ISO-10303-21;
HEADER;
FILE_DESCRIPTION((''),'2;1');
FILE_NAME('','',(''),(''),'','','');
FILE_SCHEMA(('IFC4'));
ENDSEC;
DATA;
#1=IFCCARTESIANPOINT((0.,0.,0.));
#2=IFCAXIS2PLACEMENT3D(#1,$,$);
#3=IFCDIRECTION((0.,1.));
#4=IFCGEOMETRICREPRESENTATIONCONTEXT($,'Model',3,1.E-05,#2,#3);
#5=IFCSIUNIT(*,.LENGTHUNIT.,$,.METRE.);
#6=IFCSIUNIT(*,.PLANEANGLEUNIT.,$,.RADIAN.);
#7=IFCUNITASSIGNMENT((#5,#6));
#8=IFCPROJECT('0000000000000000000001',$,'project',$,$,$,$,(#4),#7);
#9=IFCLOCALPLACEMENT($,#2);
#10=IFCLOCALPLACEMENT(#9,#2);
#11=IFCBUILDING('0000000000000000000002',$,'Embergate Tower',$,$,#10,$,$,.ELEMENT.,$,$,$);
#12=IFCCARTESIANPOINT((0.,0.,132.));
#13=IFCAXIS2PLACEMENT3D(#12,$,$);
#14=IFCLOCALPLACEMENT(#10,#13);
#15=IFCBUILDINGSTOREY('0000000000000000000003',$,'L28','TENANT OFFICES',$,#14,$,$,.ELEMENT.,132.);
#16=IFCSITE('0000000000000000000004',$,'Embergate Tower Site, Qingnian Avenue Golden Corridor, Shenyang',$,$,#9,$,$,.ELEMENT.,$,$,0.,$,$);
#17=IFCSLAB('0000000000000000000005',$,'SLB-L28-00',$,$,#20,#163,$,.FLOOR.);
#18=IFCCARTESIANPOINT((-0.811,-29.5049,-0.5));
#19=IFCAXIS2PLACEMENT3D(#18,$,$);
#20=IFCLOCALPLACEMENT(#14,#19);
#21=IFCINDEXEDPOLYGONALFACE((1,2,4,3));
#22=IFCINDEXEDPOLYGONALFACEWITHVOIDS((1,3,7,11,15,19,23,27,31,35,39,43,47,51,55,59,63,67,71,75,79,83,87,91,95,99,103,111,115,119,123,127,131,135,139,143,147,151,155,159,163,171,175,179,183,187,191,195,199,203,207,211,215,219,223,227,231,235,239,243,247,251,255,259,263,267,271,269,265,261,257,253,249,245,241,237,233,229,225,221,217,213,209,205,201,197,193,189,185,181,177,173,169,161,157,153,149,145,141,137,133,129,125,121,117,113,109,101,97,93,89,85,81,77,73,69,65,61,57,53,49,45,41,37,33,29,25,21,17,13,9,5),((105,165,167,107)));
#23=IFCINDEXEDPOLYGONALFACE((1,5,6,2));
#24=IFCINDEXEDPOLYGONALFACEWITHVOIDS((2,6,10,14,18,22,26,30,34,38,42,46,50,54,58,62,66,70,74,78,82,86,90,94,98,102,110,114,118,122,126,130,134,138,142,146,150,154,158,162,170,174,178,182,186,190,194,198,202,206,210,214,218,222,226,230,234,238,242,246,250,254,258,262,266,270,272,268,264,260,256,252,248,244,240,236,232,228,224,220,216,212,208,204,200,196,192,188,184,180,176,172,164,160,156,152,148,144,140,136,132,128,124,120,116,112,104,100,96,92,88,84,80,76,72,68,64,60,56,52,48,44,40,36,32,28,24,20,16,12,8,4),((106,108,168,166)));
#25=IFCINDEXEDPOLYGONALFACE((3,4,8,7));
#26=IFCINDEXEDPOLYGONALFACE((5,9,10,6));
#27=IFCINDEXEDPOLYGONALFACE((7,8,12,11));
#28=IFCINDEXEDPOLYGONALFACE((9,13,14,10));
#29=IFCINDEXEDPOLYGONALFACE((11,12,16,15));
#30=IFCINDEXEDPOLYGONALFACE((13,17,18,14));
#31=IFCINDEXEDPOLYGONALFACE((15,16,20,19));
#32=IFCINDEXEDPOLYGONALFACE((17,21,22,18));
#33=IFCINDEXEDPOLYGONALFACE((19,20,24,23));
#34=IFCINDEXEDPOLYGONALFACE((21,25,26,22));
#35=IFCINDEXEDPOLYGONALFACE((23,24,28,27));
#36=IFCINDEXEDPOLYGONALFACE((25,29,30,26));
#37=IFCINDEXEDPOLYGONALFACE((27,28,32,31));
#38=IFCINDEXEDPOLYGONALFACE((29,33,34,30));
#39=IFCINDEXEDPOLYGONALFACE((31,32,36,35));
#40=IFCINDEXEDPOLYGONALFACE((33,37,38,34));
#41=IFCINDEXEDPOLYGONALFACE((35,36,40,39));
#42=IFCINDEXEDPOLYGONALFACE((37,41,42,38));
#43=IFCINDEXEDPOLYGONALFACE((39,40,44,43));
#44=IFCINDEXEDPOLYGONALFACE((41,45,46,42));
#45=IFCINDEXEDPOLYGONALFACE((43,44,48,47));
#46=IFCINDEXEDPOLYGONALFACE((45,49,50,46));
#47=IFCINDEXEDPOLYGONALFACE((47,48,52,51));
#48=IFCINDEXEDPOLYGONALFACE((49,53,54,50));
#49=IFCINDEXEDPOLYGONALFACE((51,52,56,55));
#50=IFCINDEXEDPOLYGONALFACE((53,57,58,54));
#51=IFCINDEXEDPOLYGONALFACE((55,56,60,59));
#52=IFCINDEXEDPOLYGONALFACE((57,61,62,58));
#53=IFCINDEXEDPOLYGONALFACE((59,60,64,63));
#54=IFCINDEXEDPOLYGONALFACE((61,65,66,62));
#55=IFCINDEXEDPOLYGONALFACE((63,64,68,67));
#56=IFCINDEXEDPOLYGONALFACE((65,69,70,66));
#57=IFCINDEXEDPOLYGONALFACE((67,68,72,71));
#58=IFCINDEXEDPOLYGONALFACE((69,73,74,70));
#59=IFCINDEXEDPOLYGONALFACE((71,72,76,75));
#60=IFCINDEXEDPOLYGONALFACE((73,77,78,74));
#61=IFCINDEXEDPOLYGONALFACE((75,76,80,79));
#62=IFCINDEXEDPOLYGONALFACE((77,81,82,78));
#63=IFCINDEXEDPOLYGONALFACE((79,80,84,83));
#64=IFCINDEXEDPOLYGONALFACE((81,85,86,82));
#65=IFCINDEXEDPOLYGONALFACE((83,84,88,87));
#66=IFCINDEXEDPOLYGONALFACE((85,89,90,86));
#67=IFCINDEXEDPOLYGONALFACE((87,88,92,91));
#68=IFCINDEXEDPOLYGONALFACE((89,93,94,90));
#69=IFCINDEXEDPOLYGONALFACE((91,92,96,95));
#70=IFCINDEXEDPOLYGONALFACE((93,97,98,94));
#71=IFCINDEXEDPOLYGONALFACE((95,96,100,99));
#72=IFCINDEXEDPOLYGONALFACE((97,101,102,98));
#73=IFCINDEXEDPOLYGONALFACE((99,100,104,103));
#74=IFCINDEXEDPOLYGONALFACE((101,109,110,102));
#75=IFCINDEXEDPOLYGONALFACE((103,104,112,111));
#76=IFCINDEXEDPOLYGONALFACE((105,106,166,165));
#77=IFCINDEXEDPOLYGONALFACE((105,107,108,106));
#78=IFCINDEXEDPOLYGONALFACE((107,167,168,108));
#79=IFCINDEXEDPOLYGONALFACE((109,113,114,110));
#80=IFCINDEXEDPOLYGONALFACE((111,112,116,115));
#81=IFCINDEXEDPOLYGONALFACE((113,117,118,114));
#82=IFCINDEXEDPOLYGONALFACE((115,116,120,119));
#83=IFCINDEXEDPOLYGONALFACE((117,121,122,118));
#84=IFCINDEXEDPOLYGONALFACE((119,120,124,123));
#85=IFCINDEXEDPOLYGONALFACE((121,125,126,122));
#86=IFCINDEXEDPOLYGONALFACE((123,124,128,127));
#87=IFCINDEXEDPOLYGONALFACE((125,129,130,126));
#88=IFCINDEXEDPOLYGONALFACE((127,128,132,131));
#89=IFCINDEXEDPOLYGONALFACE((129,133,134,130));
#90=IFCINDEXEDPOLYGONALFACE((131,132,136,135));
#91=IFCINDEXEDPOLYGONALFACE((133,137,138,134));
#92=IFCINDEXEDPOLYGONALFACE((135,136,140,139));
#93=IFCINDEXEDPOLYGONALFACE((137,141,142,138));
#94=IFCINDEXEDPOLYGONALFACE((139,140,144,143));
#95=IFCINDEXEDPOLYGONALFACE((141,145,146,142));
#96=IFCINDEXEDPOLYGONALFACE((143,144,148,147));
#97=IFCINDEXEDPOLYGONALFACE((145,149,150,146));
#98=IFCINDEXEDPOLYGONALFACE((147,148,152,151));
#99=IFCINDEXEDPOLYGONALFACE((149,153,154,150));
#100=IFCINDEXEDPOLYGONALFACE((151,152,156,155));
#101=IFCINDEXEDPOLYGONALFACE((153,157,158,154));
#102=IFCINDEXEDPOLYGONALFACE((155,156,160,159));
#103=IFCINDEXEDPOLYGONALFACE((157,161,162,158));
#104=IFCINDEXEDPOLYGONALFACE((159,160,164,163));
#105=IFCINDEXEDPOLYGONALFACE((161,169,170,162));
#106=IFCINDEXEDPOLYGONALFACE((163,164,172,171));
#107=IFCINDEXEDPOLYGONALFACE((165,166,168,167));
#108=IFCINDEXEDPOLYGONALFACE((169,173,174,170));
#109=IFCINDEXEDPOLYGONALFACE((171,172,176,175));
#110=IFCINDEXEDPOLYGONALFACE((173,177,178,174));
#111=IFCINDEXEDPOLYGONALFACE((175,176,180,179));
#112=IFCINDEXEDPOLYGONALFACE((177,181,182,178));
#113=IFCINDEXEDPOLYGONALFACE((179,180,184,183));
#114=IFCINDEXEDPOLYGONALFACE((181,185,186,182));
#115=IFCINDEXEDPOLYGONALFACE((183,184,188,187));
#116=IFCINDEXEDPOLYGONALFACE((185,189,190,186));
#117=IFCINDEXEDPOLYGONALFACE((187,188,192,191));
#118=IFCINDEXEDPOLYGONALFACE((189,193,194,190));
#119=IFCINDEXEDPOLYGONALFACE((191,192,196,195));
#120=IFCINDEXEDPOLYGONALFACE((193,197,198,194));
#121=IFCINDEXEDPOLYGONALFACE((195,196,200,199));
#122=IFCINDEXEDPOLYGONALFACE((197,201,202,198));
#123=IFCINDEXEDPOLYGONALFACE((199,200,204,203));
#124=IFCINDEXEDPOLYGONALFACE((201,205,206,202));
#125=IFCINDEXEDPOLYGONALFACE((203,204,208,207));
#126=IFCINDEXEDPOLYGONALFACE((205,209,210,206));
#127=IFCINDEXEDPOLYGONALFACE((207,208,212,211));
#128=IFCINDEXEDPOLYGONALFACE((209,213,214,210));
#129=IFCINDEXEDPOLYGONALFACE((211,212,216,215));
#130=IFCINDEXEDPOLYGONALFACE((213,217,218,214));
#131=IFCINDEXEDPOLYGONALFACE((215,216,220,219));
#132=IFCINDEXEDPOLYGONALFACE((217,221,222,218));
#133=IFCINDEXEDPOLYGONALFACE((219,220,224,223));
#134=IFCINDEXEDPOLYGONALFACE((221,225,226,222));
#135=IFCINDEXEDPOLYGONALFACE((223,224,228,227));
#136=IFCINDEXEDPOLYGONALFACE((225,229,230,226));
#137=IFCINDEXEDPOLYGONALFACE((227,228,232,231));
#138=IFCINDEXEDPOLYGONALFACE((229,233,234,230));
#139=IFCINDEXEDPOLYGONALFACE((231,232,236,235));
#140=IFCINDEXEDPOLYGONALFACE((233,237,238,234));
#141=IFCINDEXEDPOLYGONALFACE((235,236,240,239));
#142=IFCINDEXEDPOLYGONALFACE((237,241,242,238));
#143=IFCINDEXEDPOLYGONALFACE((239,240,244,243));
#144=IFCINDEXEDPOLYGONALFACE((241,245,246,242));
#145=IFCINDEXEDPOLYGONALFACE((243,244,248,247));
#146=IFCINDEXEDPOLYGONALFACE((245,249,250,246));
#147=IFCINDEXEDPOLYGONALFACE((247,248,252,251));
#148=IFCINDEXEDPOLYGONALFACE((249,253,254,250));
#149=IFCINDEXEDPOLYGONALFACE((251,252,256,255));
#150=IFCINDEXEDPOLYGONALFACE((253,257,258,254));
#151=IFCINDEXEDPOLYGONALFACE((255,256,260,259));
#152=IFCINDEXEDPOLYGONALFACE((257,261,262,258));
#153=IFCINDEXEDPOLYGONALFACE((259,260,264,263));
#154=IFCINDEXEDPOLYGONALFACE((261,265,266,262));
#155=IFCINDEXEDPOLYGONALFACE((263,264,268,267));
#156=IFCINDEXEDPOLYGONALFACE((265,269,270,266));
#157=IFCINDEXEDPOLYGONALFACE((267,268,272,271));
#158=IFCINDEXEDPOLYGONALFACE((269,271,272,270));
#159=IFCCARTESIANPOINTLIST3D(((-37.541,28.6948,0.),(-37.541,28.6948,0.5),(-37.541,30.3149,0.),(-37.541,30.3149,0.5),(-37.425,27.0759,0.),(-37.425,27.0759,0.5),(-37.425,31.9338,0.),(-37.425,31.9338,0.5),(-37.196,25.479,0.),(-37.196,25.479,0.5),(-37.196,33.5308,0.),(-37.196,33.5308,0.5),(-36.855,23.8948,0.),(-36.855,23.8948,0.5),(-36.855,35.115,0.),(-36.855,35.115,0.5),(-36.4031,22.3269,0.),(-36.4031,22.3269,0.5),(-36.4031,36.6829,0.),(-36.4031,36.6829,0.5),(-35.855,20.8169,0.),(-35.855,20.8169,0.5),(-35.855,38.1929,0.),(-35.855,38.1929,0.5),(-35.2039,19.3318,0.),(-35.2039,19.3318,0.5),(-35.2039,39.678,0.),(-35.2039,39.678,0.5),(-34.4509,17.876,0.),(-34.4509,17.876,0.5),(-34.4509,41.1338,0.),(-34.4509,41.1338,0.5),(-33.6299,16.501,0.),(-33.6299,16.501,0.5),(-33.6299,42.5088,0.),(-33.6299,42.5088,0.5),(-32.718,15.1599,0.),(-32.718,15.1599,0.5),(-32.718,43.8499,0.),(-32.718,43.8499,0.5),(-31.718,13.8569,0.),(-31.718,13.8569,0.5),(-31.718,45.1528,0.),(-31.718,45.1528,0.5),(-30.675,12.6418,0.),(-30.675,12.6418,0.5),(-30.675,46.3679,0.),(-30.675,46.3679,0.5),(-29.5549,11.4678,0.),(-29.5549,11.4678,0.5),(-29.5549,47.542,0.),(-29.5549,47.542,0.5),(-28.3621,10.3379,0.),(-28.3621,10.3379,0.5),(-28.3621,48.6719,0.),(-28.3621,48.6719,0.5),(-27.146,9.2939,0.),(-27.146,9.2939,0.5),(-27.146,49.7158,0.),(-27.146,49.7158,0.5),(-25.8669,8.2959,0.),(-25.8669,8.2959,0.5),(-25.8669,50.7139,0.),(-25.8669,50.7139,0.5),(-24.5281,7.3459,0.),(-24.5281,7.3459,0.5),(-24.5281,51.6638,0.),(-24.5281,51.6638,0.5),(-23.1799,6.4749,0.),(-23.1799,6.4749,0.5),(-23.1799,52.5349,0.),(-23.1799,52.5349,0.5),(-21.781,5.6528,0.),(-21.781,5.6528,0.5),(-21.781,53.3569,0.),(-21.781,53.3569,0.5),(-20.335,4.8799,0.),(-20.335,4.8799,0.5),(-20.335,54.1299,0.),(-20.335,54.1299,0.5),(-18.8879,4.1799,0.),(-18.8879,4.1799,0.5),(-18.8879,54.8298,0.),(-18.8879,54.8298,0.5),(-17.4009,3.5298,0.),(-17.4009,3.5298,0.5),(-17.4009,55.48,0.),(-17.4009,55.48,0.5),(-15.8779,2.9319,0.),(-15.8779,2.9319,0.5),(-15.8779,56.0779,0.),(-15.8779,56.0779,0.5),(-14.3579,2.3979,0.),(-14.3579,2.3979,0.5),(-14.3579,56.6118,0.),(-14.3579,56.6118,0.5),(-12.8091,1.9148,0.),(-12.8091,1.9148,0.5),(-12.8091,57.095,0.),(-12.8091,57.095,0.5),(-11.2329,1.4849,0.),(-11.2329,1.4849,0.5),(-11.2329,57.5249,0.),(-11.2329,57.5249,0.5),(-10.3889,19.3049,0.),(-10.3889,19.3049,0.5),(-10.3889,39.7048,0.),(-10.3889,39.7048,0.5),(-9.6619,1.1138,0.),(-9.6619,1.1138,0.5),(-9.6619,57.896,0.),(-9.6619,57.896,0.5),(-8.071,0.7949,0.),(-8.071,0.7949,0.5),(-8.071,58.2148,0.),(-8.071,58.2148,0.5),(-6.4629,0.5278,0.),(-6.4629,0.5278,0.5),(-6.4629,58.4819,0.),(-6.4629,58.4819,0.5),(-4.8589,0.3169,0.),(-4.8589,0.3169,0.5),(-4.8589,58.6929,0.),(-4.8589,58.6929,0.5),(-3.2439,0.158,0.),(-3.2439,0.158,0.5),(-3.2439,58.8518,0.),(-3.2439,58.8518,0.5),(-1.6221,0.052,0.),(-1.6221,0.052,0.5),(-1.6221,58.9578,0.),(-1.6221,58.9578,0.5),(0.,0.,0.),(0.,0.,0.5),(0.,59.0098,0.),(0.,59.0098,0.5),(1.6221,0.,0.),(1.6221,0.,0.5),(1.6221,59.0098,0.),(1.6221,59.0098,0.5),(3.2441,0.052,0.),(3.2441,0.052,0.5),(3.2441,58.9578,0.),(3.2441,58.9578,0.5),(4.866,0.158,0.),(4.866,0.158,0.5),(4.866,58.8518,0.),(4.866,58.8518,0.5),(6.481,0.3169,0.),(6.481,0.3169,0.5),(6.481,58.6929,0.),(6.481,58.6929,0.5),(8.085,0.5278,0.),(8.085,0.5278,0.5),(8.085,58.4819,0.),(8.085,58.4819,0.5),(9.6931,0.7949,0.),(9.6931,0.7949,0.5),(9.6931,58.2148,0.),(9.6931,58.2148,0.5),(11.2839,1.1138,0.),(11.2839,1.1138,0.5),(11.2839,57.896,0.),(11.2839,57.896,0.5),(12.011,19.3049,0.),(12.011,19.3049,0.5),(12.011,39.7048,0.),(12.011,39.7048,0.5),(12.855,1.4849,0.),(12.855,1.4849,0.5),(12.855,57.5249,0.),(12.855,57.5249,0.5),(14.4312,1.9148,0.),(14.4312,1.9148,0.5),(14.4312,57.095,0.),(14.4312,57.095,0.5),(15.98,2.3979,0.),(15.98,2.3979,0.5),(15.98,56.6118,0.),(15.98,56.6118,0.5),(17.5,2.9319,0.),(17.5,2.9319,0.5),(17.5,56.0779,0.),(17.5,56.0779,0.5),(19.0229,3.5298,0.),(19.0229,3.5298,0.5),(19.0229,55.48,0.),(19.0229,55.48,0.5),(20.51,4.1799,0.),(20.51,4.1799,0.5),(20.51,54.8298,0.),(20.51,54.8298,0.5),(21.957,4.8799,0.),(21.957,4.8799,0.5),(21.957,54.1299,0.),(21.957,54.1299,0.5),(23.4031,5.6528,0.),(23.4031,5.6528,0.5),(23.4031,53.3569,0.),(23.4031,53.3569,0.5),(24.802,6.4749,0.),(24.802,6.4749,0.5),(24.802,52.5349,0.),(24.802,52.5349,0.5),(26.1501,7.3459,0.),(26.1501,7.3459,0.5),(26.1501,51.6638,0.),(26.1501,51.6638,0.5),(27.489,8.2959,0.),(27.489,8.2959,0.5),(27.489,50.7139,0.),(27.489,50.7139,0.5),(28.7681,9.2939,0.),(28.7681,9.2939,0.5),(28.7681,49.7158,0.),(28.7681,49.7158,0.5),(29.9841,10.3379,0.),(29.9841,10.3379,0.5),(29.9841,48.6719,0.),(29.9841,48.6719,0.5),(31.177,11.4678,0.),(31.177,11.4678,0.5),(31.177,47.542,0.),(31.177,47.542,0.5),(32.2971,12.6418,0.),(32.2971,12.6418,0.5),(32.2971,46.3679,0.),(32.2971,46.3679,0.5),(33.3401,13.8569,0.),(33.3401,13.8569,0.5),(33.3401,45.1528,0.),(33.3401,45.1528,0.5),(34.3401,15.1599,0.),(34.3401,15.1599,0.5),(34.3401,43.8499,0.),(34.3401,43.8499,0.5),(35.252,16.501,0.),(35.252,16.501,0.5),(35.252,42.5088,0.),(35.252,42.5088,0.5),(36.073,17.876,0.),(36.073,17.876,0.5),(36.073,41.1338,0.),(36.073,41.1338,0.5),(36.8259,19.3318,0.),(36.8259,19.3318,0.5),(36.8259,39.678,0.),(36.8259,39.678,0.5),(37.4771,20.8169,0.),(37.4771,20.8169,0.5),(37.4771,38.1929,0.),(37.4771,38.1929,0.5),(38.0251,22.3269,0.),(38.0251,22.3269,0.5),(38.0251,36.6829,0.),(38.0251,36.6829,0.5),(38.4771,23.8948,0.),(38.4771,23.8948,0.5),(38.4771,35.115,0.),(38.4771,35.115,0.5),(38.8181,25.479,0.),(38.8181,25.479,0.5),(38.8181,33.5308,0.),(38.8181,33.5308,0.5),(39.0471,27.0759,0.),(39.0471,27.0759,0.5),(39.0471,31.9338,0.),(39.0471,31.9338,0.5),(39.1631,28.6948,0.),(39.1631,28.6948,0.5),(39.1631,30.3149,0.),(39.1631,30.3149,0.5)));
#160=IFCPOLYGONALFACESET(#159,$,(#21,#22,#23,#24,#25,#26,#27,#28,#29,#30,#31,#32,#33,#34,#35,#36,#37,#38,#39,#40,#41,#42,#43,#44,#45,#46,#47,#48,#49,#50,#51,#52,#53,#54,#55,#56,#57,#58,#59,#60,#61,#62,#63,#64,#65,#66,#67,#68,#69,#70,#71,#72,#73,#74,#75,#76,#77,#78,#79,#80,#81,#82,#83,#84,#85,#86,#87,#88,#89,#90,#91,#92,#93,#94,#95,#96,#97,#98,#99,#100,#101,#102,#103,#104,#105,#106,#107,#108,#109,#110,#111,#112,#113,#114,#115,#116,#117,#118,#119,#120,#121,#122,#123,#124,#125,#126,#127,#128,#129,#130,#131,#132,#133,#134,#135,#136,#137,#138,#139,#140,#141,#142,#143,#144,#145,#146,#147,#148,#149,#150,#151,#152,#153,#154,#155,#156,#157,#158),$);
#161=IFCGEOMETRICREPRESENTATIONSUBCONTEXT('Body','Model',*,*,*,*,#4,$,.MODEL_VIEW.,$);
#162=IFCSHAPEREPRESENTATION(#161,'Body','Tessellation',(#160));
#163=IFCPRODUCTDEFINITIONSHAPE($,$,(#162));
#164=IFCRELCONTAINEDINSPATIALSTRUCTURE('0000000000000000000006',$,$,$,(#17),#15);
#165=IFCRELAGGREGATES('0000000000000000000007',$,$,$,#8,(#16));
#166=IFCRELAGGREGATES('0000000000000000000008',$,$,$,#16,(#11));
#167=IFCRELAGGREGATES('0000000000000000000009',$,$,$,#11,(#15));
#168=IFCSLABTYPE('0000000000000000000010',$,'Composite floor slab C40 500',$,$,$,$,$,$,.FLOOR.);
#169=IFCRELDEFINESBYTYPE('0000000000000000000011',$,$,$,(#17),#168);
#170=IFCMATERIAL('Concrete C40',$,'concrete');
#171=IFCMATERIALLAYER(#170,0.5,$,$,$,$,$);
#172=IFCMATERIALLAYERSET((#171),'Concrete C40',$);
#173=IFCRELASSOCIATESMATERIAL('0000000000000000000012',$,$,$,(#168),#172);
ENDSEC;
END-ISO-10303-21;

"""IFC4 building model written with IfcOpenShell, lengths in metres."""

from ifc_helpers import new_model, si_unit, direction, frame, origin, place, context, subcontext, project, spatial, polyline, outline, extrude, source, transform, mapped, material, layer, layer_set, type_object, element, save


model = new_model("IFC4")

# Units and contexts
model_context = context("Model", 3, precision=1e-05, world=origin(), true_north=direction((0.0, 1.0)))
body_context = subcontext(model_context, "Body", "Model", "MODEL_VIEW")
ifc_project = project(units=[si_unit("LENGTHUNIT", "METRE"), si_unit("PLANEANGLEUNIT", "RADIAN")], contexts=[model_context])

# Site, building, storey
site_placement = place(None, origin())
site = spatial("IfcSite", under=ifc_project, at=site_placement, Name="Embergate Tower Site, Qingnian Avenue Golden Corridor, Shenyang", CompositionType="ELEMENT", RefElevation=0.0)
building_placement = place(site_placement, origin())
building = spatial("IfcBuilding", under=site, at=building_placement, Name="Embergate Tower", CompositionType="ELEMENT")
storey_placement = place(building_placement, frame((0.0, 0.0, 132.0)))
storey = spatial("IfcBuildingStorey", under=building, at=storey_placement, Name="L28", Description="TENANT OFFICES", CompositionType="ELEMENT", Elevation=132.0)

# Slab
ifc_material_1 = material(Name="Concrete C40", Category="concrete")
ifc_layer_1 = layer(ifc_material_1, 0.5)
ifc_layer_set_1 = layer_set([ifc_layer_1], Name="Concrete C40")
slab_type = type_object("IfcSlabType", Name="Composite floor slab C40 500", PredefinedType="FLOOR", material=ifc_layer_set_1)
shared_shape_1 = source(origin(), body_context, "Body", "SweptSolid", [
    extrude(outline(polyline([(0.0, 0.0), (1.6221, 0.0), (3.2441, 0.052), (4.866, 0.158), (6.481, 0.3169), (8.085, 0.5278), (9.6931, 0.7949), (11.2839, 1.1138), (12.855, 1.4849), (14.4312, 1.9148), (15.98, 2.3979), (17.5, 2.9319), (19.0229, 3.5298), (20.51, 4.1799), (21.957, 4.8799), (23.4031, 5.6528), (24.802, 6.4749), (26.1501, 7.3459), (27.489, 8.2959), (28.7681, 9.2939), (29.9841, 10.3379), (31.177, 11.4678), (32.2971, 12.6418), (33.3401, 13.8569), (34.3401, 15.1599), (35.252, 16.501), (36.073, 17.876), (36.8259, 19.3318), (37.4771, 20.8169), (38.0251, 22.3269), (38.4771, 23.8948), (38.8181, 25.479), (39.0471, 27.0759), (39.1631, 28.6948), (39.1631, 30.3149), (39.0471, 31.9338), (38.8181, 33.5308), (38.4771, 35.115), (38.0251, 36.6829), (37.4771, 38.1929), (36.8259, 39.678), (36.073, 41.1338), (35.252, 42.5088), (34.3401, 43.8499), (33.3401, 45.1528), (32.2971, 46.3679), (31.177, 47.542), (29.9841, 48.6719), (28.7681, 49.7158), (27.489, 50.7139), (26.1501, 51.6638), (24.802, 52.5349), (23.4031, 53.3569), (21.957, 54.1299), (20.51, 54.8298), (19.0229, 55.48), (17.5, 56.0779), (15.98, 56.6118), (14.4312, 57.095), (12.855, 57.5249), (11.2839, 57.896), (9.6931, 58.2148), (8.085, 58.4819), (6.481, 58.6929), (4.866, 58.8518), (3.2441, 58.9578), (1.6221, 59.0098), (0.0, 59.0098), (-1.6221, 58.9578), (-3.2439, 58.8518), (-4.8589, 58.6929), (-6.4629, 58.4819), (-8.071, 58.2148), (-9.6619, 57.896), (-11.2329, 57.5249), (-12.8091, 57.095), (-14.3579, 56.6118), (-15.8779, 56.0779), (-17.4009, 55.48), (-18.8879, 54.8298), (-20.335, 54.1299), (-21.781, 53.3569), (-23.1799, 52.5349), (-24.5281, 51.6638), (-25.8669, 50.7139), (-27.146, 49.7158), (-28.3621, 48.6719), (-29.5549, 47.542), (-30.675, 46.3679), (-31.718, 45.1528), (-32.718, 43.8499), (-33.6299, 42.5088), (-34.4509, 41.1338), (-35.2039, 39.678), (-35.855, 38.1929), (-36.4031, 36.6829), (-36.855, 35.115), (-37.196, 33.5308), (-37.425, 31.9338), (-37.541, 30.3149), (-37.541, 28.6948), (-37.425, 27.0759), (-37.196, 25.479), (-36.855, 23.8948), (-36.4031, 22.3269), (-35.855, 20.8169), (-35.2039, 19.3318), (-34.4509, 17.876), (-33.6299, 16.501), (-32.718, 15.1599), (-31.718, 13.8569), (-30.675, 12.6418), (-29.5549, 11.4678), (-28.3621, 10.3379), (-27.146, 9.2939), (-25.8669, 8.2959), (-24.5281, 7.3459), (-23.1799, 6.4749), (-21.781, 5.6528), (-20.335, 4.8799), (-18.8879, 4.1799), (-17.4009, 3.5298), (-15.8779, 2.9319), (-14.3579, 2.3979), (-12.8091, 1.9148), (-11.2329, 1.4849), (-9.6619, 1.1138), (-8.071, 0.7949), (-6.4629, 0.5278), (-4.8589, 0.3169), (-3.2439, 0.158), (-1.6221, 0.052), (0.0, 0.0)]), holes=[polyline([(-10.3889, 19.3049), (-10.3889, 39.7048), (12.011, 39.7048), (12.011, 19.3049), (-10.3889, 19.3049)])]), origin(), (0.0, 0.0, 1.0), 0.5),
])
slab_placement = place(storey_placement, frame((-0.811, -29.5049, -0.5)))
element("IfcSlab", 1, at=slab_placement, inside=storey, type_object=slab_type, Name="SLB-L28-00", PredefinedType="FLOOR", context=body_context, shape_type="MappedRepresentation", body=[
    mapped(shared_shape_1, transform((0.0, 0.0, 0.0))),
])

save(model, "model.ifc")
